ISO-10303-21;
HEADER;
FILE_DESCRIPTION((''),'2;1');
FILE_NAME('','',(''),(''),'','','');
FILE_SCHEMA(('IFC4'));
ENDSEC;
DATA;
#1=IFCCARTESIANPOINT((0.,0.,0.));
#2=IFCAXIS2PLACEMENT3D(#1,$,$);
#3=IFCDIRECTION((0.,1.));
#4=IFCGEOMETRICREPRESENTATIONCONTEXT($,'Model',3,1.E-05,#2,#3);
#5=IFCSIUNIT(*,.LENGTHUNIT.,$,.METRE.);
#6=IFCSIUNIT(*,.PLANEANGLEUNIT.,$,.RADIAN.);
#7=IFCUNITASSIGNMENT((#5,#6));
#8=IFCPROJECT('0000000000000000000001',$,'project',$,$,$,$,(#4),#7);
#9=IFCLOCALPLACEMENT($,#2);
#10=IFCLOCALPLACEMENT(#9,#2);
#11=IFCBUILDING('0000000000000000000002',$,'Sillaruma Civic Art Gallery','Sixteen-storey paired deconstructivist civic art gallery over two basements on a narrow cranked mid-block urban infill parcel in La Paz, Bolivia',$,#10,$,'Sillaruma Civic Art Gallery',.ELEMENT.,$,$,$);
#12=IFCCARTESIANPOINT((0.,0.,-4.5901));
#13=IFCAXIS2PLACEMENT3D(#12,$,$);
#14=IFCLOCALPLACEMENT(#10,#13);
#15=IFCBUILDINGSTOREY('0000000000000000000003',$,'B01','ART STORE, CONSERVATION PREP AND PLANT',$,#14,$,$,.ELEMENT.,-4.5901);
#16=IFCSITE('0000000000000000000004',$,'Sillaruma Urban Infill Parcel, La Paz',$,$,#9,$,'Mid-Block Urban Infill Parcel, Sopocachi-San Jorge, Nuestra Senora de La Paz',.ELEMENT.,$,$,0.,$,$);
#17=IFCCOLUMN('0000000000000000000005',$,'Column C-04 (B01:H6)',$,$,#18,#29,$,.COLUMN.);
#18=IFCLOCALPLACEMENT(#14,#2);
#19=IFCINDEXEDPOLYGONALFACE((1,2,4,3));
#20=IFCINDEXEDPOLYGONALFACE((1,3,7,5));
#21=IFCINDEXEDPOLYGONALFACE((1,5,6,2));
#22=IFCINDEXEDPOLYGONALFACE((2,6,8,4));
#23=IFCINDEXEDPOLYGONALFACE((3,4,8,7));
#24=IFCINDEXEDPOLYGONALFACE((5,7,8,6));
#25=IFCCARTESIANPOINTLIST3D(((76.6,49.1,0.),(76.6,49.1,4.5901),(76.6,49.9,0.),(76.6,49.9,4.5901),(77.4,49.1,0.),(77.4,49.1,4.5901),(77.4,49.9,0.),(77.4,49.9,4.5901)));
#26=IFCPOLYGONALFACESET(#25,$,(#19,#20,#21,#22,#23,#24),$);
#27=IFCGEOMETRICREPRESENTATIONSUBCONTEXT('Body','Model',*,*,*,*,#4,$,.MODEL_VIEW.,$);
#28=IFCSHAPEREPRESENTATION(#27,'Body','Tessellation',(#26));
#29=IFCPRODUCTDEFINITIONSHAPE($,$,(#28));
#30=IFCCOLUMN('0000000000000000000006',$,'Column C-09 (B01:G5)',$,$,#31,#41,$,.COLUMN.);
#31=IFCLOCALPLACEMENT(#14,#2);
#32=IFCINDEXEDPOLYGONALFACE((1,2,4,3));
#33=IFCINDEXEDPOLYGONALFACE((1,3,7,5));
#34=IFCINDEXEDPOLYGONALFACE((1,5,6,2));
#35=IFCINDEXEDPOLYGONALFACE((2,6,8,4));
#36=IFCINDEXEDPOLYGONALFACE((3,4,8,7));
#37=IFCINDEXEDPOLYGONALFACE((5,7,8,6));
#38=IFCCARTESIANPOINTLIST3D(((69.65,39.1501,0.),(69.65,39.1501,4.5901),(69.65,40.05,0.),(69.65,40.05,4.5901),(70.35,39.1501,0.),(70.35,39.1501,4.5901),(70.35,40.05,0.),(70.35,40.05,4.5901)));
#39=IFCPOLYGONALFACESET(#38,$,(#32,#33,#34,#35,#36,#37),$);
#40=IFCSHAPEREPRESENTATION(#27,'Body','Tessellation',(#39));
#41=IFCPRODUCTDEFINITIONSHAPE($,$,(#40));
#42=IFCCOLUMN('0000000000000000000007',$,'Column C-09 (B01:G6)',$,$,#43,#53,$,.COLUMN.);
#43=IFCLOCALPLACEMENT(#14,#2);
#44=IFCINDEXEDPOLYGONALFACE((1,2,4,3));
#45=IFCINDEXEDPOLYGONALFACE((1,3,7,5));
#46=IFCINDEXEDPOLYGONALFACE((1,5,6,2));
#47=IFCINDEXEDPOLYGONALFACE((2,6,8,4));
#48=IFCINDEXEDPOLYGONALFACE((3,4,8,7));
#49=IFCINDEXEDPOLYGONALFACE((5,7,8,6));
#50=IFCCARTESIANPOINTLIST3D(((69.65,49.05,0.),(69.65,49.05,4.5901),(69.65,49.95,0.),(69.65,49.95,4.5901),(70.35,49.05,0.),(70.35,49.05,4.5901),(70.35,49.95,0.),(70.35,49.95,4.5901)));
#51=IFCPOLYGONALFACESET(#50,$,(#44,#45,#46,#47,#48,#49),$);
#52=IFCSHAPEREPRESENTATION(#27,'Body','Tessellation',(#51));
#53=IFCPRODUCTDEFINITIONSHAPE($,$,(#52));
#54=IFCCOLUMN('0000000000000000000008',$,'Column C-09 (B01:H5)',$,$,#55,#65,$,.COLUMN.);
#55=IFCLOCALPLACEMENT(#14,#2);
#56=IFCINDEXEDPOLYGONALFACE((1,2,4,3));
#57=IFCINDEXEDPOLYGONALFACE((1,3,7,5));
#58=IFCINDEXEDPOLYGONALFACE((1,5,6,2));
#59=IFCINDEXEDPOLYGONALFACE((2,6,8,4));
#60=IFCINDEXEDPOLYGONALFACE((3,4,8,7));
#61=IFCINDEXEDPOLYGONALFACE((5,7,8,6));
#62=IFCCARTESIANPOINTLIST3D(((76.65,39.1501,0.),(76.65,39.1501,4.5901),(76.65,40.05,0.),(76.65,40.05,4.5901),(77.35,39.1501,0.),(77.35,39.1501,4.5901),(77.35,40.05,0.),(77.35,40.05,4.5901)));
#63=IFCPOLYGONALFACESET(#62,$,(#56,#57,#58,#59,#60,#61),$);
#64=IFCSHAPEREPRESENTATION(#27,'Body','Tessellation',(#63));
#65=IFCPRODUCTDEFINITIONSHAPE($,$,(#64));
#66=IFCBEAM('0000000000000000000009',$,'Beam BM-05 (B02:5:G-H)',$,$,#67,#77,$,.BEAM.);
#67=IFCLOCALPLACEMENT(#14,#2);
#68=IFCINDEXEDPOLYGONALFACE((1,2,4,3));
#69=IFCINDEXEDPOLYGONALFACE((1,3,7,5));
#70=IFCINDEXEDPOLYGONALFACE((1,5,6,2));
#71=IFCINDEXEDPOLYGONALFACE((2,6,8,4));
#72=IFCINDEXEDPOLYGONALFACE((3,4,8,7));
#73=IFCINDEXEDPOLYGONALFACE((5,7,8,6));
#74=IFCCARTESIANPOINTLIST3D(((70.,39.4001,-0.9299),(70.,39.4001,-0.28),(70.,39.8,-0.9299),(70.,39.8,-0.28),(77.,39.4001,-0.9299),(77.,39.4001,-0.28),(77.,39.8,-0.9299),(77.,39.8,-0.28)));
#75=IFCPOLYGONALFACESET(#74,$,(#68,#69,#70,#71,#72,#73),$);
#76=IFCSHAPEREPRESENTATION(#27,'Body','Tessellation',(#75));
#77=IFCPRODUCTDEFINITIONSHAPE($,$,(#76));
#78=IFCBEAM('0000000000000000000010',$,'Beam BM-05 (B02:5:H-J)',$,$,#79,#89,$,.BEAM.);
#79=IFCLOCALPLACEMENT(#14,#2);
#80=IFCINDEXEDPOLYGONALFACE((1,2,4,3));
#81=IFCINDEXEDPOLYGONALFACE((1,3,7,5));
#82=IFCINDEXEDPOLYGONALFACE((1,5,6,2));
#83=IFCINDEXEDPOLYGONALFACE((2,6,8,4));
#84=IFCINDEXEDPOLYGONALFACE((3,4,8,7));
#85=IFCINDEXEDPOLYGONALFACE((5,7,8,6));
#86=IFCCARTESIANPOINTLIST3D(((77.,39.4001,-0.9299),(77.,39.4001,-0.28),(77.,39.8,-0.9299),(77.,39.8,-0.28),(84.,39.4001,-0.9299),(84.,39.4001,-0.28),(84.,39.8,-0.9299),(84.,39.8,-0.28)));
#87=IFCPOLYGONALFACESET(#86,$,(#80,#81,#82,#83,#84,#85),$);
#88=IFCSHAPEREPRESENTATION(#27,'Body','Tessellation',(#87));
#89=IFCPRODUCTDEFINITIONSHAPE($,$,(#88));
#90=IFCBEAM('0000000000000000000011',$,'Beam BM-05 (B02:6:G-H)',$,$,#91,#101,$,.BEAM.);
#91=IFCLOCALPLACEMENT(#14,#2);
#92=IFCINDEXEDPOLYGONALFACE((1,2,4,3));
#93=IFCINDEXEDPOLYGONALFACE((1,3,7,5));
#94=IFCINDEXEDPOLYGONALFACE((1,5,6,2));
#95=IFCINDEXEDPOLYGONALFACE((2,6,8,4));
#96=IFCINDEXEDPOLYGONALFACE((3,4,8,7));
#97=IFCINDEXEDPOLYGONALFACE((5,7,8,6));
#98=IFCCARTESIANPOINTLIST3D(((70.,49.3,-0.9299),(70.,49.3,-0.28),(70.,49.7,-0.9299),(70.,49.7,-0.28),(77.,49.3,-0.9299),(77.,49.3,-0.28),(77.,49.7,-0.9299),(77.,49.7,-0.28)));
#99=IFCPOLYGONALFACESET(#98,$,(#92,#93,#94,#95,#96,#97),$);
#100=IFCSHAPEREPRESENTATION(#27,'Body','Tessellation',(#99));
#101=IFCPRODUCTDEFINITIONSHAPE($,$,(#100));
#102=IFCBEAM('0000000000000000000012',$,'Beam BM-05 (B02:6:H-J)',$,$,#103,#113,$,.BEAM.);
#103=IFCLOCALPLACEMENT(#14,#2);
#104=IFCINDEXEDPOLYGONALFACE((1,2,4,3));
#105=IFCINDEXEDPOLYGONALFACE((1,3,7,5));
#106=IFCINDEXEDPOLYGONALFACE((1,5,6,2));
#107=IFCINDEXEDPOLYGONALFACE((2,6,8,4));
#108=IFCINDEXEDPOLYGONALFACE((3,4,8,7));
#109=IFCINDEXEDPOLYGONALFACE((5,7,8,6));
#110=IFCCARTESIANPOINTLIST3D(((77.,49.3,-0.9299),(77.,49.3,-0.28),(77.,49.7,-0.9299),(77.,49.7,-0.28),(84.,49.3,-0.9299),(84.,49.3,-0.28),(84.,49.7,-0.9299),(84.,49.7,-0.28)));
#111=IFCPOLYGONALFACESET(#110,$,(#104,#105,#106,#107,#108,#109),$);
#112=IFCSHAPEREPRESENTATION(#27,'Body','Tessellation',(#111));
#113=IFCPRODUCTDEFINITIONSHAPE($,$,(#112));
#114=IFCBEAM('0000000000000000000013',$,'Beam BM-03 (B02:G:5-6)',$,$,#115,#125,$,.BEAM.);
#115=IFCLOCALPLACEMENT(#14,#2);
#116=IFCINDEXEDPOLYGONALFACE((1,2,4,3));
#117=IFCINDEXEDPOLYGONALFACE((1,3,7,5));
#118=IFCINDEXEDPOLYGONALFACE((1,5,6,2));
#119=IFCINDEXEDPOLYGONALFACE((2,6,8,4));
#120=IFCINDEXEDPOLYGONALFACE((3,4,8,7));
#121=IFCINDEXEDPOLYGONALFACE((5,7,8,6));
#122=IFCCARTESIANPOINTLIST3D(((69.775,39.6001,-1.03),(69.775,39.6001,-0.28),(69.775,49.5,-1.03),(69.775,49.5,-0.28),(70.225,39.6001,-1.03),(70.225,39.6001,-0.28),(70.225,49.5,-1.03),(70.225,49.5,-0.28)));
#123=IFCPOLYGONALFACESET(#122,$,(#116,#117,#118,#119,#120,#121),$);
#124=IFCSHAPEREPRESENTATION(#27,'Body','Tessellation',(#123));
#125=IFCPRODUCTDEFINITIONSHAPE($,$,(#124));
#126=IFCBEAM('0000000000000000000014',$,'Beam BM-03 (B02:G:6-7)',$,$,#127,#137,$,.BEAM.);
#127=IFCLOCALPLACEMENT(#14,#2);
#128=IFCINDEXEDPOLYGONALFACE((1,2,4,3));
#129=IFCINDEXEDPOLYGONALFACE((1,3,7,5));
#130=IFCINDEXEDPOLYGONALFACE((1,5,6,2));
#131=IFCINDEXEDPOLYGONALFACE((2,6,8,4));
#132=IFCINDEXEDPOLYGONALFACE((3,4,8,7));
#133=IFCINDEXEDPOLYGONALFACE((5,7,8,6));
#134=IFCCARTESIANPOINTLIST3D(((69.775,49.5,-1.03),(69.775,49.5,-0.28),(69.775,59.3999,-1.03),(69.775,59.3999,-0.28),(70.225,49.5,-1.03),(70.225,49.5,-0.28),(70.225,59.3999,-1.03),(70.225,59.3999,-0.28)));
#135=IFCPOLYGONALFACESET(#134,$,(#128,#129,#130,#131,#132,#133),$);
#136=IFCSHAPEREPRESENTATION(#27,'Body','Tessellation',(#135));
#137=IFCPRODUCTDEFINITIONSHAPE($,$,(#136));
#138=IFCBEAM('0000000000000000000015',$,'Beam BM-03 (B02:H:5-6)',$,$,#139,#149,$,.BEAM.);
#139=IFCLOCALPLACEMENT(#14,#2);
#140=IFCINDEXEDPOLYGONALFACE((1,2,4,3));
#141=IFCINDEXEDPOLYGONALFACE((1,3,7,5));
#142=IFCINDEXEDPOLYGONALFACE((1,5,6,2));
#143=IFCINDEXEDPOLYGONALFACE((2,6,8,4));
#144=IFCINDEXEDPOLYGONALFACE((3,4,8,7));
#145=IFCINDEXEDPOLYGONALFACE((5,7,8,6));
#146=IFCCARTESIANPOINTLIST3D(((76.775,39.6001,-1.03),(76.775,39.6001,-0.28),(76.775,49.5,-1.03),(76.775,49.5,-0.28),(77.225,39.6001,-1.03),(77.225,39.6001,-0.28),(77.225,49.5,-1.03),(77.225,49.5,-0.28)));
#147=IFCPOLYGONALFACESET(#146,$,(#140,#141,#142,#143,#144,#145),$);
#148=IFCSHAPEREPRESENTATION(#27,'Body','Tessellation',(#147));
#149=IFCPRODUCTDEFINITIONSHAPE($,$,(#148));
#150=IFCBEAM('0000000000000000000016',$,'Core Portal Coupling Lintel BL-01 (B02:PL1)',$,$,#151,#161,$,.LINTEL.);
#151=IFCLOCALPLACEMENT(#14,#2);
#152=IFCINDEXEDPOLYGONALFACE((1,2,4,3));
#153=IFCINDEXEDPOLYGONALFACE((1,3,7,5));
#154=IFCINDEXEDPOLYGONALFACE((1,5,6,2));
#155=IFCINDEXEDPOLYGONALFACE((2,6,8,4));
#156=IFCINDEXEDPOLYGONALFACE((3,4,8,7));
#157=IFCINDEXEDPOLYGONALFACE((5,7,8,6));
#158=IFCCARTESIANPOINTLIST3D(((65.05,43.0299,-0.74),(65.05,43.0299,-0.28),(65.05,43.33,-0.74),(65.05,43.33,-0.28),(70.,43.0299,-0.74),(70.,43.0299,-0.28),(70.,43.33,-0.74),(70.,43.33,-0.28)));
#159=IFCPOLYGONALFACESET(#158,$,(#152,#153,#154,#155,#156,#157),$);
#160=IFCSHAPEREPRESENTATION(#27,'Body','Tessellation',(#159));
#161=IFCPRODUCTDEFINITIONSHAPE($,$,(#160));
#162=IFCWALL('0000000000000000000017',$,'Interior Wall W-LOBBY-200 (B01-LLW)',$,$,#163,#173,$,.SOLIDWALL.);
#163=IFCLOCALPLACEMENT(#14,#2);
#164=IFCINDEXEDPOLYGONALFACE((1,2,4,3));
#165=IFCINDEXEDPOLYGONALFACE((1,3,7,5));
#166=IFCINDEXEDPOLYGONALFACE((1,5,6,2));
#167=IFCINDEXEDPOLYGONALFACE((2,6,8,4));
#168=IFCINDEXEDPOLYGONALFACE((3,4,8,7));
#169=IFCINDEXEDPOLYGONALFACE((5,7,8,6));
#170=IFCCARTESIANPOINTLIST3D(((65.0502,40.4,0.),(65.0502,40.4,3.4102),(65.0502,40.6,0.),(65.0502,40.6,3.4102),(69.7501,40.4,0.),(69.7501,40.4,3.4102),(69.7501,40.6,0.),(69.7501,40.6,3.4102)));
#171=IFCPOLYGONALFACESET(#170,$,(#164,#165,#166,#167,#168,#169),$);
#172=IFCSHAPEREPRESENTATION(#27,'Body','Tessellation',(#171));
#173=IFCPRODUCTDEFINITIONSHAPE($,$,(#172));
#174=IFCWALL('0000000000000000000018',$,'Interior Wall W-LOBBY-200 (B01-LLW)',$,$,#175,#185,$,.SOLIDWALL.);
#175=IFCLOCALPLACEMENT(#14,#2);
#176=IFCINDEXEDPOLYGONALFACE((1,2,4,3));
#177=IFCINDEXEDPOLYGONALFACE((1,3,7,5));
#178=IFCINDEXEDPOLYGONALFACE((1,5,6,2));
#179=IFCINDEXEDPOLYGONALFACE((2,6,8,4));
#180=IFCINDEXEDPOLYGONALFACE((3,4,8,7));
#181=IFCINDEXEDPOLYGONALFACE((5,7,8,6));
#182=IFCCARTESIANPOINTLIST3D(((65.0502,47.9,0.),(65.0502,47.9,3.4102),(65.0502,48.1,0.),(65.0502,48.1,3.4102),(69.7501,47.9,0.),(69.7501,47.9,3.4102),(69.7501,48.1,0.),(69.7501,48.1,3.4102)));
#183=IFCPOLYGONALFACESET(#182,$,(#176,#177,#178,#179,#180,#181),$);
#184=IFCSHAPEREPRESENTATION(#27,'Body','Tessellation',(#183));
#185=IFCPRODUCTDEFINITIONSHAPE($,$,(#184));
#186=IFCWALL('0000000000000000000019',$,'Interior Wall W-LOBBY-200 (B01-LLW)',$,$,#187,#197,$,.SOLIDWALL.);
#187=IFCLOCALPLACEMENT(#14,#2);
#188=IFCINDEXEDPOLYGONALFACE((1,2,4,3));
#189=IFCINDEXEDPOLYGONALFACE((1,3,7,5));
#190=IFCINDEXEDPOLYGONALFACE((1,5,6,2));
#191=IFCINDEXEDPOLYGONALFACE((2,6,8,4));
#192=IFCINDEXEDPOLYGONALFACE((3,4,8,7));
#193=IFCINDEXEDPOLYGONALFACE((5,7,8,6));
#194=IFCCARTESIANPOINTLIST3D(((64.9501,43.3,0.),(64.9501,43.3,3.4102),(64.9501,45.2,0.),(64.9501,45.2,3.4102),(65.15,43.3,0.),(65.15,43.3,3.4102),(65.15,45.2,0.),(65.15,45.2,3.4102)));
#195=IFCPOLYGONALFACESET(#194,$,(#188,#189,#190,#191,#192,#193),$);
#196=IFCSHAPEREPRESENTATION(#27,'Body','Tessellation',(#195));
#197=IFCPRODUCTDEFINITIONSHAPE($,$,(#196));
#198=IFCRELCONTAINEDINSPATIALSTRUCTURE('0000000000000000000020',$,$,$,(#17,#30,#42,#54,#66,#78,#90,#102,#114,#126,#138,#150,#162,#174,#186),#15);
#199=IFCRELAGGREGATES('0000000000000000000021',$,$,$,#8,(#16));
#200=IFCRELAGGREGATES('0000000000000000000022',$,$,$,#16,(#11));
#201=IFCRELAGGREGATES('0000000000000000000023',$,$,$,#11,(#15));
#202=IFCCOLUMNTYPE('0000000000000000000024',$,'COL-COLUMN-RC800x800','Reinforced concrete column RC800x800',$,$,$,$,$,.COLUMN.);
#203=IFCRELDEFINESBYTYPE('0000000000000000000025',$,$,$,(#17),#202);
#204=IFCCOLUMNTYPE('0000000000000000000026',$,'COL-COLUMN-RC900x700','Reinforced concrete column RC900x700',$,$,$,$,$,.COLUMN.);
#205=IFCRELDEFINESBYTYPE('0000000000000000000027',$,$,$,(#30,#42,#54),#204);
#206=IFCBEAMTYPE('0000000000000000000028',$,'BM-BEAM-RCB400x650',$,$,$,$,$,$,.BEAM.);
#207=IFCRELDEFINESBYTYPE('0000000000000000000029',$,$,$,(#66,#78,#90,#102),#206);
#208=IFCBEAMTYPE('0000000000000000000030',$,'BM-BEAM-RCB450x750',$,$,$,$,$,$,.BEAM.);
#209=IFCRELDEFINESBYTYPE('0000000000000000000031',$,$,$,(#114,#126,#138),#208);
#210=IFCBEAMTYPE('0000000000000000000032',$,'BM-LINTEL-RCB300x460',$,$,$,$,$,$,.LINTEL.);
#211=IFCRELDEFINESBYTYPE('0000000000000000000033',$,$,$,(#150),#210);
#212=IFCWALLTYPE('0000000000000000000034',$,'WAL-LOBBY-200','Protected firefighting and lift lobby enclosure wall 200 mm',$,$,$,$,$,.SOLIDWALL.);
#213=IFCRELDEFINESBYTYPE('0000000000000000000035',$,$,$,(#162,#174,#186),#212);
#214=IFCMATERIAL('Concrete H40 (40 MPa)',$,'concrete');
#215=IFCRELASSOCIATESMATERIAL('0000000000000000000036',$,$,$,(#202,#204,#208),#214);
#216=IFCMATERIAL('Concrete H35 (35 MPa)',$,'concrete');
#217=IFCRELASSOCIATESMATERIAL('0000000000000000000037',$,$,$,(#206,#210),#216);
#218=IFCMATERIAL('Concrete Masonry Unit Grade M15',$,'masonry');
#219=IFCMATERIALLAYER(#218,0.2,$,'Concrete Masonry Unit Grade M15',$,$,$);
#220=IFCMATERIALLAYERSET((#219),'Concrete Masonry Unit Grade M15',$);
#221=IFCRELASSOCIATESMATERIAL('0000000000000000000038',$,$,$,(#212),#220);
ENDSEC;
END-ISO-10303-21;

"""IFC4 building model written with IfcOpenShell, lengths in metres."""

from ifc_helpers import new_model, si_unit, direction, frame, frame_2d, origin, origin_2d, place, context, subcontext, project, spatial, rectangle, extrude, material, layer, layer_set, material_profile, profile_set, type_object, element, save


model = new_model("IFC4")

# Units and contexts
model_context = context("Model", 3, precision=1e-05, world=origin(), true_north=direction((0.0, 1.0)))
body_context = subcontext(model_context, "Body", "Model", "MODEL_VIEW")
ifc_project = project(units=[si_unit("LENGTHUNIT", "METRE"), si_unit("PLANEANGLEUNIT", "RADIAN")], contexts=[model_context])

# Site, building, storey
site_placement = place(None, origin())
site = spatial("IfcSite", under=ifc_project, at=site_placement, Name="Sillaruma Urban Infill Parcel, La Paz", LongName="Mid-Block Urban Infill Parcel, Sopocachi-San Jorge, Nuestra Senora de La Paz", CompositionType="ELEMENT", RefElevation=0.0)
building_placement = place(site_placement, origin())
building = spatial("IfcBuilding", under=site, at=building_placement, Name="Sillaruma Civic Art Gallery", Description="Sixteen-storey paired deconstructivist civic art gallery over two basements on a narrow cranked mid-block urban infill parcel in La Paz, Bolivia", LongName="Sillaruma Civic Art Gallery", CompositionType="ELEMENT")
storey_placement = place(building_placement, frame((0.0, 0.0, -4.5901)))
storey = spatial("IfcBuildingStorey", under=building, at=storey_placement, Name="B01", Description="ART STORE, CONSERVATION PREP AND PLANT", CompositionType="ELEMENT", Elevation=-4.5901)

# Columns
ifc_material_1 = material(Name="Concrete H40 (40 MPa)", Category="concrete")
ifc_material_profile_1 = material_profile(ifc_material_1, rectangle(XDim=0.8, YDim=0.8, at=origin_2d()), Name="RC800x800")
ifc_profile_set_1 = profile_set([ifc_material_profile_1], Name="Concrete H40 (40 MPa)")
column_type_1 = type_object("IfcColumnType", Name="COL-COLUMN-RC800x800", Description="Reinforced concrete column RC800x800", PredefinedType="COLUMN", material=ifc_profile_set_1)
column_placement = place(storey_placement, frame((77.0, 49.5, 0.0), z_axis=(0.0, 0.0, 1.0), x_axis=(1.0, 0.0, 0.0)))
element("IfcColumn", 1, at=column_placement, inside=storey, type_object=column_type_1, Name="Column C-04 (B01:H6)", PredefinedType="COLUMN", context=body_context, shape_type="SweptSolid", body=[
    extrude(rectangle(XDim=0.8, YDim=0.8, at=origin_2d()), origin(), (0.0, 0.0, 1.0), 4.5901),
])
ifc_material_profile_2 = material_profile(ifc_material_1, rectangle(XDim=0.7, YDim=0.8999, at=origin_2d()), Name="RC900x700")
ifc_profile_set_2 = profile_set([ifc_material_profile_2], Name="Concrete H40 (40 MPa)")
column_type_2 = type_object("IfcColumnType", Name="COL-COLUMN-RC900x700", Description="Reinforced concrete column RC900x700", PredefinedType="COLUMN", material=ifc_profile_set_2)
for number, where, z_axis, x_axis, name in (
    (2, (70.0, 39.6001, 0.0), (0.0, 0.0, 1.0), (1.0, 0.0, 0.0), "Column C-09 (B01:G5)"),
    (3, (70.0, 49.5, 0.0), (0.0, 0.0, 1.0), (1.0, 0.0, 0.0), "Column C-09 (B01:G6)"),
    (4, (77.0, 39.6001, 0.0), (0.0, 0.0, 1.0), (1.0, 0.0, 0.0), "Column C-09 (B01:H5)"),
):
    element("IfcColumn", number, at=place(storey_placement, frame(where, z_axis=z_axis, x_axis=x_axis)), inside=storey, type_object=column_type_2, Name=name, PredefinedType="COLUMN", context=body_context, shape_type="SweptSolid", body=[
        extrude(rectangle(XDim=0.7, YDim=0.8999, at=origin_2d()), origin(), (0.0, 0.0, 1.0), 4.5901),
    ])

# Beams
ifc_material_2 = material(Name="Concrete H35 (35 MPa)", Category="concrete")
ifc_material_profile_3 = material_profile(ifc_material_2, rectangle(XDim=0.3999, YDim=0.6499, at=origin_2d()), Name="RCB400x650")
ifc_profile_set_3 = profile_set([ifc_material_profile_3], Name="Concrete H35 (35 MPa)")
beam_type_1 = type_object("IfcBeamType", Name="BM-BEAM-RCB400x650", PredefinedType="BEAM", material=ifc_profile_set_3)
for number, where, z_axis, x_axis, name in (
    (5, (70.0, 39.6001, -0.605), (1.0, 0.0, 0.0), (0.0, 1.0, 0.0), "Beam BM-05 (B02:5:G-H)"),
    (6, (77.0, 39.6001, -0.605), (1.0, 0.0, 0.0), (0.0, 1.0, 0.0), "Beam BM-05 (B02:5:H-J)"),
    (7, (70.0, 49.5, -0.605), (1.0, 0.0, 0.0), (0.0, 1.0, 0.0), "Beam BM-05 (B02:6:G-H)"),
    (8, (77.0, 49.5, -0.605), (1.0, 0.0, 0.0), (0.0, 1.0, 0.0), "Beam BM-05 (B02:6:H-J)"),
):
    element("IfcBeam", number, at=place(storey_placement, frame(where, z_axis=z_axis, x_axis=x_axis)), inside=storey, type_object=beam_type_1, Name=name, PredefinedType="BEAM", context=body_context, shape_type="SweptSolid", body=[
        extrude(rectangle(XDim=0.3999, YDim=0.6499, at=origin_2d()), origin(), (0.0, 0.0, 1.0), 7.0),
    ])
ifc_material_profile_4 = material_profile(ifc_material_1, rectangle(XDim=0.45, YDim=0.75, at=origin_2d()), Name="RCB450x750")
ifc_profile_set_4 = profile_set([ifc_material_profile_4], Name="Concrete H40 (40 MPa)")
beam_type_2 = type_object("IfcBeamType", Name="BM-BEAM-RCB450x750", PredefinedType="BEAM", material=ifc_profile_set_4)
for number, where, z_axis, x_axis, name in (
    (9, (70.0, 39.6001, -0.655), (0.0, 1.0, 0.0), (-1.0, 0.0, 0.0), "Beam BM-03 (B02:G:5-6)"),
    (10, (70.0, 49.5, -0.655), (0.0, 1.0, 0.0), (-1.0, 0.0, 0.0), "Beam BM-03 (B02:G:6-7)"),
    (11, (77.0, 39.6001, -0.655), (0.0, 1.0, 0.0), (-1.0, 0.0, 0.0), "Beam BM-03 (B02:H:5-6)"),
):
    element("IfcBeam", number, at=place(storey_placement, frame(where, z_axis=z_axis, x_axis=x_axis)), inside=storey, type_object=beam_type_2, Name=name, PredefinedType="BEAM", context=body_context, shape_type="SweptSolid", body=[
        extrude(rectangle(XDim=0.45, YDim=0.75, at=origin_2d()), origin(), (0.0, 0.0, 1.0), 9.8999),
    ])
ifc_material_profile_5 = material_profile(ifc_material_2, rectangle(XDim=0.3, YDim=0.46, at=origin_2d()), Name="RCB300x460")
ifc_profile_set_5 = profile_set([ifc_material_profile_5], Name="Concrete H35 (35 MPa)")
beam_type_3 = type_object("IfcBeamType", Name="BM-LINTEL-RCB300x460", PredefinedType="LINTEL", material=ifc_profile_set_5)
beam_placement = place(storey_placement, frame((65.05, 43.1799, -0.51), z_axis=(1.0, 0.0, 0.0), x_axis=(0.0, 1.0, 0.0)))
element("IfcBeam", 12, at=beam_placement, inside=storey, type_object=beam_type_3, Name="Core Portal Coupling Lintel BL-01 (B02:PL1)", PredefinedType="LINTEL", context=body_context, shape_type="SweptSolid", body=[
    extrude(rectangle(XDim=0.3, YDim=0.46, at=origin_2d()), origin(), (0.0, 0.0, 1.0), 4.95),
])

# Walls
ifc_material_3 = material(Name="Concrete Masonry Unit Grade M15", Category="masonry")
ifc_layer_1 = layer(ifc_material_3, 0.2, Name="Concrete Masonry Unit Grade M15")
ifc_layer_set_1 = layer_set([ifc_layer_1], Name="Concrete Masonry Unit Grade M15")
wall_type_1 = type_object("IfcWallType", Name="WAL-LOBBY-200", Description="Protected firefighting and lift lobby enclosure wall 200 mm", PredefinedType="SOLIDWALL", material=ifc_layer_set_1)
for number, where, z_axis, x_axis, name in (
    (13, (65.05, 40.5, 0.0), (0.0, 0.0, 1.0), (1.0, 0.0, 0.0), "Interior Wall W-LOBBY-200 (B01-LLW)"),
    (14, (65.05, 48.0, 0.0), (0.0, 0.0, 1.0), (1.0, 0.0, 0.0), "Interior Wall W-LOBBY-200 (B01-LLW)"),
):
    element("IfcWall", number, at=place(storey_placement, frame(where, z_axis=z_axis, x_axis=x_axis)), inside=storey, type_object=wall_type_1, Name=name, PredefinedType="SOLIDWALL", context=body_context, shape_type="SweptSolid", body=[
        extrude(rectangle(XDim=4.7, YDim=0.2, at=frame_2d((2.3501, 0.0))), origin(), (0.0, 0.0, 1.0), 3.4102),
    ])
wall_1_placement = place(storey_placement, frame((65.05, 43.3, 0.0), z_axis=(0.0, 0.0, 1.0), x_axis=(0.0, 1.0, 0.0)))
element("IfcWall", 15, at=wall_1_placement, inside=storey, type_object=wall_type_1, Name="Interior Wall W-LOBBY-200 (B01-LLW)", PredefinedType="SOLIDWALL", context=body_context, shape_type="SweptSolid", body=[
    extrude(rectangle(XDim=1.8999, YDim=0.2, at=frame_2d((0.95, 0.0))), origin(), (0.0, 0.0, 1.0), 3.4102),
])

save(model, "model.ifc")
